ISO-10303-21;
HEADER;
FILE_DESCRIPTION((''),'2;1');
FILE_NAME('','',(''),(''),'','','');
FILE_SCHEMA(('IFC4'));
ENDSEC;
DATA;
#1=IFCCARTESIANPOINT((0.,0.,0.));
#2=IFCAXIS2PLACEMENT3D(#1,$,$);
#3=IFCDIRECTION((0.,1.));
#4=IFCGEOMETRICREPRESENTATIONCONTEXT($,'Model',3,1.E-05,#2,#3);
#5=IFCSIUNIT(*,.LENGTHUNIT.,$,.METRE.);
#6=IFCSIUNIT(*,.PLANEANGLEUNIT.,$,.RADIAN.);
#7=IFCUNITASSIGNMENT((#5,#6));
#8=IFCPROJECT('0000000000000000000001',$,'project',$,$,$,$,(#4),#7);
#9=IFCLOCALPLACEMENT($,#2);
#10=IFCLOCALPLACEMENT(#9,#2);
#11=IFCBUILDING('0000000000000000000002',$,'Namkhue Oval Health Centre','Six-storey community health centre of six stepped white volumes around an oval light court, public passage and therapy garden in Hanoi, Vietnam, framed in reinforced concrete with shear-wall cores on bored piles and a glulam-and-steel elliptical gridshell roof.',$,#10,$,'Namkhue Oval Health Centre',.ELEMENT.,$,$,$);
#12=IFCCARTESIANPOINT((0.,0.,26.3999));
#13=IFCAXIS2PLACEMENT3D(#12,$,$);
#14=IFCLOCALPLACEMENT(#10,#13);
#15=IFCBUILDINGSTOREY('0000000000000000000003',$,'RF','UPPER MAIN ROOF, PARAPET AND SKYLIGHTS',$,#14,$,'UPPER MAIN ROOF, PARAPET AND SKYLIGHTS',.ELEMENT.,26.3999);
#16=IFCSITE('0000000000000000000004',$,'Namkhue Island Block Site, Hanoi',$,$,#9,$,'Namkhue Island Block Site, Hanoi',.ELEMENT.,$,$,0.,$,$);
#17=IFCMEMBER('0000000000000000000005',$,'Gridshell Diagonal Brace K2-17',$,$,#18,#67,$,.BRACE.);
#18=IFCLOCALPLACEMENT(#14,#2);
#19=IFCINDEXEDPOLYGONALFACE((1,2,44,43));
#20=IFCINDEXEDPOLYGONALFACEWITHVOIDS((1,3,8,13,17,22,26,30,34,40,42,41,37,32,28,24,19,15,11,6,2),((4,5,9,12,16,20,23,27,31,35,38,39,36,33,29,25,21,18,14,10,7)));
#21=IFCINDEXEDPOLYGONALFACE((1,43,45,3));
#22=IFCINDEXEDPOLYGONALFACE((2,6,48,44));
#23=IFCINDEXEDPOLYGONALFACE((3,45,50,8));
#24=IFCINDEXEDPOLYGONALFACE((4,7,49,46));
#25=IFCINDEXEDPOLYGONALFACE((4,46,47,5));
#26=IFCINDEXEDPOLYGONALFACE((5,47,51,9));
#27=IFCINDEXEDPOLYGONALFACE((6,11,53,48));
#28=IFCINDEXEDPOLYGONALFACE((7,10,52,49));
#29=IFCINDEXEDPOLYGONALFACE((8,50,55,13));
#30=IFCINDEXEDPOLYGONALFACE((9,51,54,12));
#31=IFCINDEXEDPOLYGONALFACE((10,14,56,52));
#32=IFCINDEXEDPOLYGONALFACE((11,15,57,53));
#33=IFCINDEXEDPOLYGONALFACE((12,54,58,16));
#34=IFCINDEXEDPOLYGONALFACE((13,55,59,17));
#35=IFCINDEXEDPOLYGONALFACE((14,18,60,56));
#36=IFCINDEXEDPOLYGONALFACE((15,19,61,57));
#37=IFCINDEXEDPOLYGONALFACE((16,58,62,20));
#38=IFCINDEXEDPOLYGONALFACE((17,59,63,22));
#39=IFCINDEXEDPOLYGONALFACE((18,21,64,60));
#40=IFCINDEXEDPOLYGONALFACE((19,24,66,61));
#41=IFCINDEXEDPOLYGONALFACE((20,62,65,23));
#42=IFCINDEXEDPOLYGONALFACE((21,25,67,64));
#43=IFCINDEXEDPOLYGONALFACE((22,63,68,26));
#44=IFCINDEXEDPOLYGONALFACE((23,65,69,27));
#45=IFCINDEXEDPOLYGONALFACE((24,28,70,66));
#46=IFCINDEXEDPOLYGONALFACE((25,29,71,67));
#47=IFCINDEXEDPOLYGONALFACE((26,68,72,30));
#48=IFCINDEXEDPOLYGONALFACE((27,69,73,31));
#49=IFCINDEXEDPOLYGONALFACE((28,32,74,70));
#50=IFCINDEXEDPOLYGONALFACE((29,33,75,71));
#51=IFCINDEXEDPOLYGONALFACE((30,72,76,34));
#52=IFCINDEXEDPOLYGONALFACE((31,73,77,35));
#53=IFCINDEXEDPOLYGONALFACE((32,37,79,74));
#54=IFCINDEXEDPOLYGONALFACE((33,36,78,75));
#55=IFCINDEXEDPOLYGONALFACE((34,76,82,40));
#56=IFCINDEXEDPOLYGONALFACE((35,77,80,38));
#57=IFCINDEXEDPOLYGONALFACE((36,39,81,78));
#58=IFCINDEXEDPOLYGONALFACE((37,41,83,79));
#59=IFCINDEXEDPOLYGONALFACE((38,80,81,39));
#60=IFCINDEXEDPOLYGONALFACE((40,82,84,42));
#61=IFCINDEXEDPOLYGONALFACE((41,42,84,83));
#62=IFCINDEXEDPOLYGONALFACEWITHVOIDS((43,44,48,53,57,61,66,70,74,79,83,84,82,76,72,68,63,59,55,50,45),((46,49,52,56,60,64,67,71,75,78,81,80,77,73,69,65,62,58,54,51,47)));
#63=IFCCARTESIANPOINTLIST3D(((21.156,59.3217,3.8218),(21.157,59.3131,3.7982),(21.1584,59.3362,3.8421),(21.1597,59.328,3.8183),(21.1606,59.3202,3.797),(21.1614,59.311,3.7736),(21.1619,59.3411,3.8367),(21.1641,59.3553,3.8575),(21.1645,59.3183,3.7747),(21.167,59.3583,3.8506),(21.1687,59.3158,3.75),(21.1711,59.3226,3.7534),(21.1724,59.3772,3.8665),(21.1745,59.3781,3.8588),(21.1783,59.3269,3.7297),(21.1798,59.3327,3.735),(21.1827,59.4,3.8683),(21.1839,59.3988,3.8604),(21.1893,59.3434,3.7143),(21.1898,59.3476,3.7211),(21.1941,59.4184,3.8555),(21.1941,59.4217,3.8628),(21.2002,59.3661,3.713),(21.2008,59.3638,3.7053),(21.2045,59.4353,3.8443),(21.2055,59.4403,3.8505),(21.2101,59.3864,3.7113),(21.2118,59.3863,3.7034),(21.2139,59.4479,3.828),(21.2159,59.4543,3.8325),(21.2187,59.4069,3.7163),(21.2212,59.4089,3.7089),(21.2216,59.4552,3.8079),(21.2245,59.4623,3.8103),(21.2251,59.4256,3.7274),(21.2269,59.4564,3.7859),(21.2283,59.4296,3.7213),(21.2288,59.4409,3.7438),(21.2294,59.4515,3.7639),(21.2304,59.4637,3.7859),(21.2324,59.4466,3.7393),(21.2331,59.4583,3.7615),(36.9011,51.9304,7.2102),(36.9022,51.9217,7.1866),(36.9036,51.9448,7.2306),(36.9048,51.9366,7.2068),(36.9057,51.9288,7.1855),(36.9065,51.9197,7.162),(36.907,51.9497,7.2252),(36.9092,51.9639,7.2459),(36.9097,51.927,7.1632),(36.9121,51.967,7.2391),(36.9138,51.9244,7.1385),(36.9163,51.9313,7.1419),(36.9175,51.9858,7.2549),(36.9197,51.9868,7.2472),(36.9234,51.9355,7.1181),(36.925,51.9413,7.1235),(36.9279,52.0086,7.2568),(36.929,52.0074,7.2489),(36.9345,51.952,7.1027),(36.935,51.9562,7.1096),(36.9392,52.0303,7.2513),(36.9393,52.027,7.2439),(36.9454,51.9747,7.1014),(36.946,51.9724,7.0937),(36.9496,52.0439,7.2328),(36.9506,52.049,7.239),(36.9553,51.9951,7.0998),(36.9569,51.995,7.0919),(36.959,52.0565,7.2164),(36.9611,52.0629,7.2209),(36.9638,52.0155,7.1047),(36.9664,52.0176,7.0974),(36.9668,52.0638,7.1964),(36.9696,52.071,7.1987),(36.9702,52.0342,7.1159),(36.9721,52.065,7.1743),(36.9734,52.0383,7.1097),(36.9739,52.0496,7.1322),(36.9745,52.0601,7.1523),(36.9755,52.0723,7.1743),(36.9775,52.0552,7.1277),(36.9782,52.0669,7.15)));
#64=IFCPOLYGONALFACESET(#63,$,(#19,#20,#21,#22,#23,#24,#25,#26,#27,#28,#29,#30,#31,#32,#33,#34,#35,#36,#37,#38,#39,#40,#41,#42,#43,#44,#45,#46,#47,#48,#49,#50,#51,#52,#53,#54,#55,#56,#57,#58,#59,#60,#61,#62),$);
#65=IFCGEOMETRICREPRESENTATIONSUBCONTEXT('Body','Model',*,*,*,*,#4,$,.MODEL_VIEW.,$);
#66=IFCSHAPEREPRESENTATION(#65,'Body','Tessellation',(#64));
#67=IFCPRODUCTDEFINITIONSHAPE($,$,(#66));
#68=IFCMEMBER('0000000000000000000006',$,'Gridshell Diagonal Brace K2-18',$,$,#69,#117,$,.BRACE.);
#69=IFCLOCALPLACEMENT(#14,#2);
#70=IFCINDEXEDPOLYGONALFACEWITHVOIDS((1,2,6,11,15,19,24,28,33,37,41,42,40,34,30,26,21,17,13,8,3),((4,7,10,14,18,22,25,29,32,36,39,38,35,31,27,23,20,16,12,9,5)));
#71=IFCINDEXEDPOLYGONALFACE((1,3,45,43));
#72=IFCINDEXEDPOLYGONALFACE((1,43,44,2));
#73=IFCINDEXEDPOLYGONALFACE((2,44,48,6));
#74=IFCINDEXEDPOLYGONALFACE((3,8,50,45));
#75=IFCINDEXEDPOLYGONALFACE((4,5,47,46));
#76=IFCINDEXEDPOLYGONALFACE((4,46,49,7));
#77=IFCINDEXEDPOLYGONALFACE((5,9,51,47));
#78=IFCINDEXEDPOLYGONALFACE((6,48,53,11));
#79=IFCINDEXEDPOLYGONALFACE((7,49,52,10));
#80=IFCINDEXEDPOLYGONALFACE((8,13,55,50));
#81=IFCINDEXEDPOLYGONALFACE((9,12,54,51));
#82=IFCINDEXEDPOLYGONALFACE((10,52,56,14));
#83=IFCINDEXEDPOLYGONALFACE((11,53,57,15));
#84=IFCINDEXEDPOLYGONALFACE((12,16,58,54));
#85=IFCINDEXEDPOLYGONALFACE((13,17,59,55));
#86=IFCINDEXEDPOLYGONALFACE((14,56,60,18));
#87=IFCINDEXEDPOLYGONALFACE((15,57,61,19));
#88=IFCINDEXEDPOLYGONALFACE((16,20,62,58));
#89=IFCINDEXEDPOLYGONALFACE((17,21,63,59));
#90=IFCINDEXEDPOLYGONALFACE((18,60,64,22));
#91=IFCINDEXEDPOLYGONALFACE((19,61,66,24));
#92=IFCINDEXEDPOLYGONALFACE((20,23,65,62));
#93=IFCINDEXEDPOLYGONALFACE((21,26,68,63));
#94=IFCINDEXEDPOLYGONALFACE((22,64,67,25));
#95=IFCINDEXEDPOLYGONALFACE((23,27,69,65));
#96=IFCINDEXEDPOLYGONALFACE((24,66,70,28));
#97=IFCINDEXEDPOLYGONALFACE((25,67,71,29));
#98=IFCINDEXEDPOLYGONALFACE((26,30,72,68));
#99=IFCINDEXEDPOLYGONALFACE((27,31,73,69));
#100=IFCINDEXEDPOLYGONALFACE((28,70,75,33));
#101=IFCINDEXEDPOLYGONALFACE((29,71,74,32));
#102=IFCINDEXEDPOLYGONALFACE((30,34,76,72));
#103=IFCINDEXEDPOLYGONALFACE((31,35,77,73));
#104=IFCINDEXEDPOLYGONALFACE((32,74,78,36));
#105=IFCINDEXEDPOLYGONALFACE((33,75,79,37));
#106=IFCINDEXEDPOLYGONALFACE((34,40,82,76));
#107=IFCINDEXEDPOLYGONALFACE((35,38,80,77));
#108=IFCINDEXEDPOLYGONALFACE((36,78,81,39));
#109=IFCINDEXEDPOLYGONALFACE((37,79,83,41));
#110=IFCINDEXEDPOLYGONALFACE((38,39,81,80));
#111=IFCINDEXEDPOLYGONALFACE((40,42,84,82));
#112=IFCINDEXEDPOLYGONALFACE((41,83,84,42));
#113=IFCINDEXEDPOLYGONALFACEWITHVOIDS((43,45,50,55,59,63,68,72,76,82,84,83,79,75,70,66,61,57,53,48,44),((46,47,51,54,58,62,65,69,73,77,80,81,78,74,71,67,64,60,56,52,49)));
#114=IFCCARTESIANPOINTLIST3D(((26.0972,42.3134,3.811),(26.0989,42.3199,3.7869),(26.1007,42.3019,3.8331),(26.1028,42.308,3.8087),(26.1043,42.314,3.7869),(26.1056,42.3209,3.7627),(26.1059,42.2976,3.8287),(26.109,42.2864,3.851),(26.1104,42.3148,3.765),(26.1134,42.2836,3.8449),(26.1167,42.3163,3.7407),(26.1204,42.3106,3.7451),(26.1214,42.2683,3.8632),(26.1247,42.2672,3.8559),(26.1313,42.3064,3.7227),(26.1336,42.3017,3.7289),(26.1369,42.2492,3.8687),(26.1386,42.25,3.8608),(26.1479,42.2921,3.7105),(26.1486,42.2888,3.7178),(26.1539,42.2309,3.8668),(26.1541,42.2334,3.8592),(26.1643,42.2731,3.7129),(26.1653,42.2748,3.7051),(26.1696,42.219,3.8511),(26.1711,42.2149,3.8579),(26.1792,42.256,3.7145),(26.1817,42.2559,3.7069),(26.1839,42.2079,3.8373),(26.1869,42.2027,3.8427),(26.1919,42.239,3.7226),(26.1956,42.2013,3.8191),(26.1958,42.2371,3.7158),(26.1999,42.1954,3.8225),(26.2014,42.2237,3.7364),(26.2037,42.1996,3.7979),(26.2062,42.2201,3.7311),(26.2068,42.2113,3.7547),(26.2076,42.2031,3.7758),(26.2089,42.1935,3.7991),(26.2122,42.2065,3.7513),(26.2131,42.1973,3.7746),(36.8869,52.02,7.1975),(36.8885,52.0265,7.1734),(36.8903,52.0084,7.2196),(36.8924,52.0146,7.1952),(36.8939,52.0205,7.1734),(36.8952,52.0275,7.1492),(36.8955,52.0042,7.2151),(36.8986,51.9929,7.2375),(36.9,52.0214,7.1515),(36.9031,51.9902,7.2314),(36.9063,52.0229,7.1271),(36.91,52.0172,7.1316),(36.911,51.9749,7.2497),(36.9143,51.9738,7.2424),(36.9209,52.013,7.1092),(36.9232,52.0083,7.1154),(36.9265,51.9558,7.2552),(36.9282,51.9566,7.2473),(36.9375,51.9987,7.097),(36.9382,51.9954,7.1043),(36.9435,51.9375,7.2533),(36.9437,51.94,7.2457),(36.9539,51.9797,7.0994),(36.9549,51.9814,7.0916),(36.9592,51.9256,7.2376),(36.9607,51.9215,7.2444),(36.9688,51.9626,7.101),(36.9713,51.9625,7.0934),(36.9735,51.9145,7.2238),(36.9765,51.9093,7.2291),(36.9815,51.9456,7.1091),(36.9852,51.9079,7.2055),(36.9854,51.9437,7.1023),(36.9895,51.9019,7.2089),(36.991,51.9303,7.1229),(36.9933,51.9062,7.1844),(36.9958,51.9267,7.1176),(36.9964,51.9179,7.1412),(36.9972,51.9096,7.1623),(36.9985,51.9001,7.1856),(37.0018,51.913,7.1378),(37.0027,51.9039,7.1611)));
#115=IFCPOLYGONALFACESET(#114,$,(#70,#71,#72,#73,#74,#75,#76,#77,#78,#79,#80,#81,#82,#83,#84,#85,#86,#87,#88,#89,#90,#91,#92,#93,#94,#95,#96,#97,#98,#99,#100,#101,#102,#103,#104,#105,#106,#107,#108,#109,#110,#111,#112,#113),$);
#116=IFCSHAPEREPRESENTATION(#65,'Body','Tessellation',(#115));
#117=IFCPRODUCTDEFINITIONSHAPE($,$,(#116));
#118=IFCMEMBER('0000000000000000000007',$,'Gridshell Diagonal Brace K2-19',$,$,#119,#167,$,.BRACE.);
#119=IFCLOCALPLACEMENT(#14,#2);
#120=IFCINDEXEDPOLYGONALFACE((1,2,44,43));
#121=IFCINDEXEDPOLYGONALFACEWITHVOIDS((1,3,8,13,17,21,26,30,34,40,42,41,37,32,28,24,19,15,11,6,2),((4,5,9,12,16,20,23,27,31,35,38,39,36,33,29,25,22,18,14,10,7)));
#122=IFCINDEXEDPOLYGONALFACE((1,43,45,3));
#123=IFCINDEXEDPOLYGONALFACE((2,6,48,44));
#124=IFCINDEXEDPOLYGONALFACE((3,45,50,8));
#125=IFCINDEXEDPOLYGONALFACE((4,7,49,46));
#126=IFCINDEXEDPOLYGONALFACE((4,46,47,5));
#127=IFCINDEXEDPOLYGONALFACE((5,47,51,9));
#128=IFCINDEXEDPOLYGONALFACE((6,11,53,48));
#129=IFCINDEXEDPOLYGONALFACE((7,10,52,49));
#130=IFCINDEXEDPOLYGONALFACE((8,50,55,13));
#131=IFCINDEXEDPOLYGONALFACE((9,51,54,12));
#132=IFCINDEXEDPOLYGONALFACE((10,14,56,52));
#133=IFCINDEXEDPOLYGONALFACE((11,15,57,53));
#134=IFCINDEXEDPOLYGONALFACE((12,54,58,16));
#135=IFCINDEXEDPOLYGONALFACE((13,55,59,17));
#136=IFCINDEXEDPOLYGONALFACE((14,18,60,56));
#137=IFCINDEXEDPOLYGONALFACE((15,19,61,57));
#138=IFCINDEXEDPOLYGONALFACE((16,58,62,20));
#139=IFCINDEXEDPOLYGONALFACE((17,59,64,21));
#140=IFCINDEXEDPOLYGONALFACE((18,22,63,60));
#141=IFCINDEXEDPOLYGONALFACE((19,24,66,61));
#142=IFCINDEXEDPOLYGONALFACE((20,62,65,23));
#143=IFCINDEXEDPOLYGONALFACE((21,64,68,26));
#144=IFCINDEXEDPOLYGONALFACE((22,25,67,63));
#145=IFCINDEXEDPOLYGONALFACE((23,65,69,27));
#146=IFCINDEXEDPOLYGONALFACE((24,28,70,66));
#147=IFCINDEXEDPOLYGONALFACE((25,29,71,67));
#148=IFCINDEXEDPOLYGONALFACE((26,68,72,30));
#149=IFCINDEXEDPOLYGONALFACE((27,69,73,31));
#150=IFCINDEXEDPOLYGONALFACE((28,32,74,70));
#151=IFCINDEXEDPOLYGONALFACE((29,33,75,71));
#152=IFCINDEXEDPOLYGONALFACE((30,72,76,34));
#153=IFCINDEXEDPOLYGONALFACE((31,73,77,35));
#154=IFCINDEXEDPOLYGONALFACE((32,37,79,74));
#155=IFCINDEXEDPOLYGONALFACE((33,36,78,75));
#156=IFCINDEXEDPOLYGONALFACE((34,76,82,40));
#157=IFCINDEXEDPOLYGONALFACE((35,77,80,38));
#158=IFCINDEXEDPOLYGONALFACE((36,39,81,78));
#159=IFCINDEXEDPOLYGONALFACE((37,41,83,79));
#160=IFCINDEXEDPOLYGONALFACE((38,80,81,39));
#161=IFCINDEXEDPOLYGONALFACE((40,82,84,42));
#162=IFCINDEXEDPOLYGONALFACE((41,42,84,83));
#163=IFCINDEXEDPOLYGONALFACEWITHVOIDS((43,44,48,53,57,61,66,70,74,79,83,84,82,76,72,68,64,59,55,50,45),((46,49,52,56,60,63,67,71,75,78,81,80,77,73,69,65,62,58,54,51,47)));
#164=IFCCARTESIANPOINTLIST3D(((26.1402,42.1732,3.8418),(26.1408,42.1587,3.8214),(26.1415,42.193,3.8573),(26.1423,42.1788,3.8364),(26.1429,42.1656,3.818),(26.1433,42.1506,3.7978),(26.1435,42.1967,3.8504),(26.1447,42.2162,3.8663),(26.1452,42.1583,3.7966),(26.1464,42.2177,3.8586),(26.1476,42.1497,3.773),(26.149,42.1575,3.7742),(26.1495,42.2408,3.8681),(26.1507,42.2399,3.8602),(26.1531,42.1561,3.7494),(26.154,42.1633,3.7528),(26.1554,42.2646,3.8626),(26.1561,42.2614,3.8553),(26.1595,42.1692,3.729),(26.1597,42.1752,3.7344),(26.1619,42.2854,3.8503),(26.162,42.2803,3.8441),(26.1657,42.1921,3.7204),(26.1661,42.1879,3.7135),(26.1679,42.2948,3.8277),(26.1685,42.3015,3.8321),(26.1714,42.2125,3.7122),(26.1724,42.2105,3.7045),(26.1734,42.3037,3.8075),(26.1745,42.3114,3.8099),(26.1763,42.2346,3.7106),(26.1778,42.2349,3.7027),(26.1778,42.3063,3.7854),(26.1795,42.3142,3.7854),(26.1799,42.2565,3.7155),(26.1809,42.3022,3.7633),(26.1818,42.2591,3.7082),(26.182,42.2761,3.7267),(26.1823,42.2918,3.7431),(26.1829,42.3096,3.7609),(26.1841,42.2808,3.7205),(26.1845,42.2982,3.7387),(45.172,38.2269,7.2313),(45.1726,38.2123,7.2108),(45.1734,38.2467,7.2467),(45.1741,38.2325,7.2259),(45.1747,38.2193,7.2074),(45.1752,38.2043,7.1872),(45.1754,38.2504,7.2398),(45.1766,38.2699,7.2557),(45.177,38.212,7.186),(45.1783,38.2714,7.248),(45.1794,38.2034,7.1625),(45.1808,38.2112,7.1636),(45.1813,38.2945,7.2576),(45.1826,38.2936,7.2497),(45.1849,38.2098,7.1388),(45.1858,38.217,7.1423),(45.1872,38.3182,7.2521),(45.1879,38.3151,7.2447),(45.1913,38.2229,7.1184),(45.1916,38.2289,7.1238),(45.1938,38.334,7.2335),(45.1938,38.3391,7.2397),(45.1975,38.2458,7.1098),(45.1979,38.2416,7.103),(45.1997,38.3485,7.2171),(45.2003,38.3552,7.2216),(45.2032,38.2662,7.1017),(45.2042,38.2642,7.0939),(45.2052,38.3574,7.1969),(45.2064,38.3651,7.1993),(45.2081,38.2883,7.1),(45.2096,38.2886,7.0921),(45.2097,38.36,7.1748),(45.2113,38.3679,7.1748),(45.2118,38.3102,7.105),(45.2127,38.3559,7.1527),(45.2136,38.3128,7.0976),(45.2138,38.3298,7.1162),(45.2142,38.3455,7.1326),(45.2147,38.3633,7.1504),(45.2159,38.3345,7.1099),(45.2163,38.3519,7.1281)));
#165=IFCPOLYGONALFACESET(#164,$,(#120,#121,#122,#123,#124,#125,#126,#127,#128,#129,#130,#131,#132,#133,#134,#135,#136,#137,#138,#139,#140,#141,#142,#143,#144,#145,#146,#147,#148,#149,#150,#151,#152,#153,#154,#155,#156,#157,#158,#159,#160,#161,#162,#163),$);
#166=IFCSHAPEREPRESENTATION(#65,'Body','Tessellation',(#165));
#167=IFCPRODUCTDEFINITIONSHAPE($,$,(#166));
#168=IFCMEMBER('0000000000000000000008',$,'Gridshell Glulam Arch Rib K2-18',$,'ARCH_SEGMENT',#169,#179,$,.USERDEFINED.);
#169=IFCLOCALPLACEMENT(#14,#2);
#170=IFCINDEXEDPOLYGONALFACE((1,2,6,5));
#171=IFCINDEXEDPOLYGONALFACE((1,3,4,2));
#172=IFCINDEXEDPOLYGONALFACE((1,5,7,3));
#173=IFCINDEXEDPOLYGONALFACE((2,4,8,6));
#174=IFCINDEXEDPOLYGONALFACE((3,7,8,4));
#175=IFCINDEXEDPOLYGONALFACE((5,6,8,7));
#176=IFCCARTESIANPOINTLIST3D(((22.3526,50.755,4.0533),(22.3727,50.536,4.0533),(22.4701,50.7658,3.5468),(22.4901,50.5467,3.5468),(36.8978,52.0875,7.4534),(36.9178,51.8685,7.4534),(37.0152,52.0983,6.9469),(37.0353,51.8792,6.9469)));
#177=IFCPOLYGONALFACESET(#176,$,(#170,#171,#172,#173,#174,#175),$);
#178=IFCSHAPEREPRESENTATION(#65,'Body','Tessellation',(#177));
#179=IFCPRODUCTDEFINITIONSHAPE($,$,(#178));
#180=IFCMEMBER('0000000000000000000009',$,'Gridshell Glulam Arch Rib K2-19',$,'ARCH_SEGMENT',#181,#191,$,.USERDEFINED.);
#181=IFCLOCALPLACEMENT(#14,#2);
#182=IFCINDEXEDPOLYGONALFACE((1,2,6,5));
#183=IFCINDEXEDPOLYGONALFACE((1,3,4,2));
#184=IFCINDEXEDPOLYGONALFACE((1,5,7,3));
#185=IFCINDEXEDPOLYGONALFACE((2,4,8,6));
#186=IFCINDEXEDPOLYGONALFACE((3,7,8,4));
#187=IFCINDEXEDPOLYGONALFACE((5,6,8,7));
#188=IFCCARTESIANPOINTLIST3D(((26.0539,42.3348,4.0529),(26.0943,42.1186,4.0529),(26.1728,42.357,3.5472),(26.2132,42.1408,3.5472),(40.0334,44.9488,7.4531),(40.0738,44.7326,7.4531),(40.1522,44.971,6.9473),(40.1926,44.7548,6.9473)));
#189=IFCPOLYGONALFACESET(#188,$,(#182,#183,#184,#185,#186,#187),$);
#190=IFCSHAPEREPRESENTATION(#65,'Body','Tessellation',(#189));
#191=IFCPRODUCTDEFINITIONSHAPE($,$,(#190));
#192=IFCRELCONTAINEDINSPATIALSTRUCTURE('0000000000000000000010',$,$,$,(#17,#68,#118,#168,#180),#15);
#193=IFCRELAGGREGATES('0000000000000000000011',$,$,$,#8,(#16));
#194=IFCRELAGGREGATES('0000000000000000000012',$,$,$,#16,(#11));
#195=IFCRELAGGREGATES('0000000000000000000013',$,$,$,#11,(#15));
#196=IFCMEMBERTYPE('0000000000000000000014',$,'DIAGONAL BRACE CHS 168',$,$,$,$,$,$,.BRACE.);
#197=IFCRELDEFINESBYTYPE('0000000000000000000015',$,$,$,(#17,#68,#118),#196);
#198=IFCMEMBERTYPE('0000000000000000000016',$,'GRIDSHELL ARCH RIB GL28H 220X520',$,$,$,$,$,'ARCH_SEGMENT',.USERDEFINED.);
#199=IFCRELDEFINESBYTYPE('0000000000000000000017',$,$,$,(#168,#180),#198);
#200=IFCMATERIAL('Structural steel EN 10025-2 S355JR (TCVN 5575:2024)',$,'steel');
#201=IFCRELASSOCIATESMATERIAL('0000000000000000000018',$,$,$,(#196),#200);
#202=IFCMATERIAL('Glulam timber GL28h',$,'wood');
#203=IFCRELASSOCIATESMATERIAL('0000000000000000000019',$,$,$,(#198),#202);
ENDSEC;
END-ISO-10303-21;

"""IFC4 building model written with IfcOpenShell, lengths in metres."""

from ifc_helpers import new_model, si_unit, direction, frame, origin, origin_2d, place, context, subcontext, project, spatial, rectangle, hollow_circle, extrude, material, material_profile, profile_set, type_object, element, save


model = new_model("IFC4")

# Units and contexts
model_context = context("Model", 3, precision=1e-05, world=origin(), true_north=direction((0.0, 1.0)))
body_context = subcontext(model_context, "Body", "Model", "MODEL_VIEW")
ifc_project = project(units=[si_unit("LENGTHUNIT", "METRE"), si_unit("PLANEANGLEUNIT", "RADIAN")], contexts=[model_context])

# Site, building, storey
site_placement = place(None, origin())
site = spatial("IfcSite", under=ifc_project, at=site_placement, Name="Namkhue Island Block Site, Hanoi", LongName="Namkhue Island Block Site, Hanoi", CompositionType="ELEMENT", RefElevation=0.0)
building_placement = place(site_placement, origin())
building = spatial("IfcBuilding", under=site, at=building_placement, Name="Namkhue Oval Health Centre", Description="Six-storey community health centre of six stepped white volumes around an oval light court, public passage and therapy garden in Hanoi, Vietnam, framed in reinforced concrete with shear-wall cores on bored piles and a glulam-and-steel elliptical gridshell roof.", LongName="Namkhue Oval Health Centre", CompositionType="ELEMENT")
storey_placement = place(building_placement, frame((0.0, 0.0, 26.3999)))
storey = spatial("IfcBuildingStorey", under=building, at=storey_placement, Name="RF", Description="UPPER MAIN ROOF, PARAPET AND SKYLIGHTS", LongName="UPPER MAIN ROOF, PARAPET AND SKYLIGHTS", CompositionType="ELEMENT", Elevation=26.3999)

# Members
ifc_material_1 = material(Name="Structural steel EN 10025-2 S355JR (TCVN 5575:2024)", Category="steel")
ifc_material_profile_1 = material_profile(ifc_material_1, hollow_circle(Radius=0.0842, WallThickness=0.0081, at=origin_2d()), Name="CHS 168.3x8")
ifc_profile_set_1 = profile_set([ifc_material_profile_1], Name="Structural steel EN 10025-2 S355JR (TCVN 5575:2024)")
member_type_1 = type_object("IfcMemberType", Name="DIAGONAL BRACE CHS 168", PredefinedType="BRACE", material=ifc_profile_set_1)
member_1_placement = place(storey_placement, frame((21.1946, 59.3875, 3.7859), z_axis=(0.888517, -0.417104, 0.191213), x_axis=(0.424944, 0.905219, 0.0)))
element("IfcMember", 1, at=member_1_placement, inside=storey, type_object=member_type_1, Name="Gridshell Diagonal Brace K2-17", PredefinedType="BRACE", context=body_context, shape_type="SweptSolid", body=[
    extrude(hollow_circle(Radius=0.0842, WallThickness=0.0081, at=origin_2d()), origin(), (0.0, 0.0, 1.0), 17.7207),
])
member_2_placement = place(storey_placement, frame((26.1553, 42.2573, 3.7869), z_axis=(0.723985, 0.651314, 0.227234), x_axis=(-0.66881, 0.743433, 0.0)))
element("IfcMember", 2, at=member_2_placement, inside=storey, type_object=member_type_1, Name="Gridshell Diagonal Brace K2-18", PredefinedType="BRACE", context=body_context, shape_type="SweptSolid", body=[
    extrude(hollow_circle(Radius=0.0842, WallThickness=0.0081, at=origin_2d()), origin(), (0.0, 0.0, 1.0), 14.9031),
])
member_3_placement = place(storey_placement, frame((26.1624, 42.2317, 3.7854), z_axis=(0.964615, -0.200016, 0.17179), x_axis=(0.203034, 0.979172, 0.0)))
element("IfcMember", 3, at=member_3_placement, inside=storey, type_object=member_type_1, Name="Gridshell Diagonal Brace K2-19", PredefinedType="BRACE", context=body_context, shape_type="SweptSolid", body=[
    extrude(hollow_circle(Radius=0.0842, WallThickness=0.0081, at=origin_2d()), origin(), (0.0, 0.0, 1.0), 19.73),
])
ifc_material_2 = material(Name="Glulam timber GL28h", Category="wood")
ifc_material_profile_2 = material_profile(ifc_material_2, rectangle(XDim=0.22, YDim=0.52, at=origin_2d()), Name="GL28h 220x520")
ifc_profile_set_2 = profile_set([ifc_material_profile_2], Name="Glulam timber GL28h")
member_type_2 = type_object("IfcMemberType", Name="GRIDSHELL ARCH RIB GL28H 220X520", ElementType="ARCH_SEGMENT", PredefinedType="USERDEFINED", material=ifc_profile_set_2)
member_4_placement = place(storey_placement, frame((22.4214, 50.6509, 3.8), z_axis=(0.969897, 0.088855, 0.226728), x_axis=(-0.09123, 0.99583, 0.0)))
element("IfcMember", 4, at=member_4_placement, inside=storey, type_object=member_type_2, Name="Gridshell Glulam Arch Rib K2-18", ObjectType="ARCH_SEGMENT", PredefinedType="USERDEFINED", context=body_context, shape_type="SweptSolid", body=[
    extrude(rectangle(XDim=0.22, YDim=0.52, at=origin_2d()), origin(), (0.0, 0.0, 1.0), 14.9966),
])
member_5_placement = place(storey_placement, frame((26.1335, 42.2378, 3.8), z_axis=(0.95602, 0.178765, 0.232527), x_axis=(-0.183803, 0.982963, 0.0)))
element("IfcMember", 5, at=member_5_placement, inside=storey, type_object=member_type_2, Name="Gridshell Glulam Arch Rib K2-19", ObjectType="ARCH_SEGMENT", PredefinedType="USERDEFINED", context=body_context, shape_type="SweptSolid", body=[
    extrude(rectangle(XDim=0.22, YDim=0.52, at=origin_2d()), origin(), (0.0, 0.0, 1.0), 14.6226),
])

save(model, "model.ifc")
